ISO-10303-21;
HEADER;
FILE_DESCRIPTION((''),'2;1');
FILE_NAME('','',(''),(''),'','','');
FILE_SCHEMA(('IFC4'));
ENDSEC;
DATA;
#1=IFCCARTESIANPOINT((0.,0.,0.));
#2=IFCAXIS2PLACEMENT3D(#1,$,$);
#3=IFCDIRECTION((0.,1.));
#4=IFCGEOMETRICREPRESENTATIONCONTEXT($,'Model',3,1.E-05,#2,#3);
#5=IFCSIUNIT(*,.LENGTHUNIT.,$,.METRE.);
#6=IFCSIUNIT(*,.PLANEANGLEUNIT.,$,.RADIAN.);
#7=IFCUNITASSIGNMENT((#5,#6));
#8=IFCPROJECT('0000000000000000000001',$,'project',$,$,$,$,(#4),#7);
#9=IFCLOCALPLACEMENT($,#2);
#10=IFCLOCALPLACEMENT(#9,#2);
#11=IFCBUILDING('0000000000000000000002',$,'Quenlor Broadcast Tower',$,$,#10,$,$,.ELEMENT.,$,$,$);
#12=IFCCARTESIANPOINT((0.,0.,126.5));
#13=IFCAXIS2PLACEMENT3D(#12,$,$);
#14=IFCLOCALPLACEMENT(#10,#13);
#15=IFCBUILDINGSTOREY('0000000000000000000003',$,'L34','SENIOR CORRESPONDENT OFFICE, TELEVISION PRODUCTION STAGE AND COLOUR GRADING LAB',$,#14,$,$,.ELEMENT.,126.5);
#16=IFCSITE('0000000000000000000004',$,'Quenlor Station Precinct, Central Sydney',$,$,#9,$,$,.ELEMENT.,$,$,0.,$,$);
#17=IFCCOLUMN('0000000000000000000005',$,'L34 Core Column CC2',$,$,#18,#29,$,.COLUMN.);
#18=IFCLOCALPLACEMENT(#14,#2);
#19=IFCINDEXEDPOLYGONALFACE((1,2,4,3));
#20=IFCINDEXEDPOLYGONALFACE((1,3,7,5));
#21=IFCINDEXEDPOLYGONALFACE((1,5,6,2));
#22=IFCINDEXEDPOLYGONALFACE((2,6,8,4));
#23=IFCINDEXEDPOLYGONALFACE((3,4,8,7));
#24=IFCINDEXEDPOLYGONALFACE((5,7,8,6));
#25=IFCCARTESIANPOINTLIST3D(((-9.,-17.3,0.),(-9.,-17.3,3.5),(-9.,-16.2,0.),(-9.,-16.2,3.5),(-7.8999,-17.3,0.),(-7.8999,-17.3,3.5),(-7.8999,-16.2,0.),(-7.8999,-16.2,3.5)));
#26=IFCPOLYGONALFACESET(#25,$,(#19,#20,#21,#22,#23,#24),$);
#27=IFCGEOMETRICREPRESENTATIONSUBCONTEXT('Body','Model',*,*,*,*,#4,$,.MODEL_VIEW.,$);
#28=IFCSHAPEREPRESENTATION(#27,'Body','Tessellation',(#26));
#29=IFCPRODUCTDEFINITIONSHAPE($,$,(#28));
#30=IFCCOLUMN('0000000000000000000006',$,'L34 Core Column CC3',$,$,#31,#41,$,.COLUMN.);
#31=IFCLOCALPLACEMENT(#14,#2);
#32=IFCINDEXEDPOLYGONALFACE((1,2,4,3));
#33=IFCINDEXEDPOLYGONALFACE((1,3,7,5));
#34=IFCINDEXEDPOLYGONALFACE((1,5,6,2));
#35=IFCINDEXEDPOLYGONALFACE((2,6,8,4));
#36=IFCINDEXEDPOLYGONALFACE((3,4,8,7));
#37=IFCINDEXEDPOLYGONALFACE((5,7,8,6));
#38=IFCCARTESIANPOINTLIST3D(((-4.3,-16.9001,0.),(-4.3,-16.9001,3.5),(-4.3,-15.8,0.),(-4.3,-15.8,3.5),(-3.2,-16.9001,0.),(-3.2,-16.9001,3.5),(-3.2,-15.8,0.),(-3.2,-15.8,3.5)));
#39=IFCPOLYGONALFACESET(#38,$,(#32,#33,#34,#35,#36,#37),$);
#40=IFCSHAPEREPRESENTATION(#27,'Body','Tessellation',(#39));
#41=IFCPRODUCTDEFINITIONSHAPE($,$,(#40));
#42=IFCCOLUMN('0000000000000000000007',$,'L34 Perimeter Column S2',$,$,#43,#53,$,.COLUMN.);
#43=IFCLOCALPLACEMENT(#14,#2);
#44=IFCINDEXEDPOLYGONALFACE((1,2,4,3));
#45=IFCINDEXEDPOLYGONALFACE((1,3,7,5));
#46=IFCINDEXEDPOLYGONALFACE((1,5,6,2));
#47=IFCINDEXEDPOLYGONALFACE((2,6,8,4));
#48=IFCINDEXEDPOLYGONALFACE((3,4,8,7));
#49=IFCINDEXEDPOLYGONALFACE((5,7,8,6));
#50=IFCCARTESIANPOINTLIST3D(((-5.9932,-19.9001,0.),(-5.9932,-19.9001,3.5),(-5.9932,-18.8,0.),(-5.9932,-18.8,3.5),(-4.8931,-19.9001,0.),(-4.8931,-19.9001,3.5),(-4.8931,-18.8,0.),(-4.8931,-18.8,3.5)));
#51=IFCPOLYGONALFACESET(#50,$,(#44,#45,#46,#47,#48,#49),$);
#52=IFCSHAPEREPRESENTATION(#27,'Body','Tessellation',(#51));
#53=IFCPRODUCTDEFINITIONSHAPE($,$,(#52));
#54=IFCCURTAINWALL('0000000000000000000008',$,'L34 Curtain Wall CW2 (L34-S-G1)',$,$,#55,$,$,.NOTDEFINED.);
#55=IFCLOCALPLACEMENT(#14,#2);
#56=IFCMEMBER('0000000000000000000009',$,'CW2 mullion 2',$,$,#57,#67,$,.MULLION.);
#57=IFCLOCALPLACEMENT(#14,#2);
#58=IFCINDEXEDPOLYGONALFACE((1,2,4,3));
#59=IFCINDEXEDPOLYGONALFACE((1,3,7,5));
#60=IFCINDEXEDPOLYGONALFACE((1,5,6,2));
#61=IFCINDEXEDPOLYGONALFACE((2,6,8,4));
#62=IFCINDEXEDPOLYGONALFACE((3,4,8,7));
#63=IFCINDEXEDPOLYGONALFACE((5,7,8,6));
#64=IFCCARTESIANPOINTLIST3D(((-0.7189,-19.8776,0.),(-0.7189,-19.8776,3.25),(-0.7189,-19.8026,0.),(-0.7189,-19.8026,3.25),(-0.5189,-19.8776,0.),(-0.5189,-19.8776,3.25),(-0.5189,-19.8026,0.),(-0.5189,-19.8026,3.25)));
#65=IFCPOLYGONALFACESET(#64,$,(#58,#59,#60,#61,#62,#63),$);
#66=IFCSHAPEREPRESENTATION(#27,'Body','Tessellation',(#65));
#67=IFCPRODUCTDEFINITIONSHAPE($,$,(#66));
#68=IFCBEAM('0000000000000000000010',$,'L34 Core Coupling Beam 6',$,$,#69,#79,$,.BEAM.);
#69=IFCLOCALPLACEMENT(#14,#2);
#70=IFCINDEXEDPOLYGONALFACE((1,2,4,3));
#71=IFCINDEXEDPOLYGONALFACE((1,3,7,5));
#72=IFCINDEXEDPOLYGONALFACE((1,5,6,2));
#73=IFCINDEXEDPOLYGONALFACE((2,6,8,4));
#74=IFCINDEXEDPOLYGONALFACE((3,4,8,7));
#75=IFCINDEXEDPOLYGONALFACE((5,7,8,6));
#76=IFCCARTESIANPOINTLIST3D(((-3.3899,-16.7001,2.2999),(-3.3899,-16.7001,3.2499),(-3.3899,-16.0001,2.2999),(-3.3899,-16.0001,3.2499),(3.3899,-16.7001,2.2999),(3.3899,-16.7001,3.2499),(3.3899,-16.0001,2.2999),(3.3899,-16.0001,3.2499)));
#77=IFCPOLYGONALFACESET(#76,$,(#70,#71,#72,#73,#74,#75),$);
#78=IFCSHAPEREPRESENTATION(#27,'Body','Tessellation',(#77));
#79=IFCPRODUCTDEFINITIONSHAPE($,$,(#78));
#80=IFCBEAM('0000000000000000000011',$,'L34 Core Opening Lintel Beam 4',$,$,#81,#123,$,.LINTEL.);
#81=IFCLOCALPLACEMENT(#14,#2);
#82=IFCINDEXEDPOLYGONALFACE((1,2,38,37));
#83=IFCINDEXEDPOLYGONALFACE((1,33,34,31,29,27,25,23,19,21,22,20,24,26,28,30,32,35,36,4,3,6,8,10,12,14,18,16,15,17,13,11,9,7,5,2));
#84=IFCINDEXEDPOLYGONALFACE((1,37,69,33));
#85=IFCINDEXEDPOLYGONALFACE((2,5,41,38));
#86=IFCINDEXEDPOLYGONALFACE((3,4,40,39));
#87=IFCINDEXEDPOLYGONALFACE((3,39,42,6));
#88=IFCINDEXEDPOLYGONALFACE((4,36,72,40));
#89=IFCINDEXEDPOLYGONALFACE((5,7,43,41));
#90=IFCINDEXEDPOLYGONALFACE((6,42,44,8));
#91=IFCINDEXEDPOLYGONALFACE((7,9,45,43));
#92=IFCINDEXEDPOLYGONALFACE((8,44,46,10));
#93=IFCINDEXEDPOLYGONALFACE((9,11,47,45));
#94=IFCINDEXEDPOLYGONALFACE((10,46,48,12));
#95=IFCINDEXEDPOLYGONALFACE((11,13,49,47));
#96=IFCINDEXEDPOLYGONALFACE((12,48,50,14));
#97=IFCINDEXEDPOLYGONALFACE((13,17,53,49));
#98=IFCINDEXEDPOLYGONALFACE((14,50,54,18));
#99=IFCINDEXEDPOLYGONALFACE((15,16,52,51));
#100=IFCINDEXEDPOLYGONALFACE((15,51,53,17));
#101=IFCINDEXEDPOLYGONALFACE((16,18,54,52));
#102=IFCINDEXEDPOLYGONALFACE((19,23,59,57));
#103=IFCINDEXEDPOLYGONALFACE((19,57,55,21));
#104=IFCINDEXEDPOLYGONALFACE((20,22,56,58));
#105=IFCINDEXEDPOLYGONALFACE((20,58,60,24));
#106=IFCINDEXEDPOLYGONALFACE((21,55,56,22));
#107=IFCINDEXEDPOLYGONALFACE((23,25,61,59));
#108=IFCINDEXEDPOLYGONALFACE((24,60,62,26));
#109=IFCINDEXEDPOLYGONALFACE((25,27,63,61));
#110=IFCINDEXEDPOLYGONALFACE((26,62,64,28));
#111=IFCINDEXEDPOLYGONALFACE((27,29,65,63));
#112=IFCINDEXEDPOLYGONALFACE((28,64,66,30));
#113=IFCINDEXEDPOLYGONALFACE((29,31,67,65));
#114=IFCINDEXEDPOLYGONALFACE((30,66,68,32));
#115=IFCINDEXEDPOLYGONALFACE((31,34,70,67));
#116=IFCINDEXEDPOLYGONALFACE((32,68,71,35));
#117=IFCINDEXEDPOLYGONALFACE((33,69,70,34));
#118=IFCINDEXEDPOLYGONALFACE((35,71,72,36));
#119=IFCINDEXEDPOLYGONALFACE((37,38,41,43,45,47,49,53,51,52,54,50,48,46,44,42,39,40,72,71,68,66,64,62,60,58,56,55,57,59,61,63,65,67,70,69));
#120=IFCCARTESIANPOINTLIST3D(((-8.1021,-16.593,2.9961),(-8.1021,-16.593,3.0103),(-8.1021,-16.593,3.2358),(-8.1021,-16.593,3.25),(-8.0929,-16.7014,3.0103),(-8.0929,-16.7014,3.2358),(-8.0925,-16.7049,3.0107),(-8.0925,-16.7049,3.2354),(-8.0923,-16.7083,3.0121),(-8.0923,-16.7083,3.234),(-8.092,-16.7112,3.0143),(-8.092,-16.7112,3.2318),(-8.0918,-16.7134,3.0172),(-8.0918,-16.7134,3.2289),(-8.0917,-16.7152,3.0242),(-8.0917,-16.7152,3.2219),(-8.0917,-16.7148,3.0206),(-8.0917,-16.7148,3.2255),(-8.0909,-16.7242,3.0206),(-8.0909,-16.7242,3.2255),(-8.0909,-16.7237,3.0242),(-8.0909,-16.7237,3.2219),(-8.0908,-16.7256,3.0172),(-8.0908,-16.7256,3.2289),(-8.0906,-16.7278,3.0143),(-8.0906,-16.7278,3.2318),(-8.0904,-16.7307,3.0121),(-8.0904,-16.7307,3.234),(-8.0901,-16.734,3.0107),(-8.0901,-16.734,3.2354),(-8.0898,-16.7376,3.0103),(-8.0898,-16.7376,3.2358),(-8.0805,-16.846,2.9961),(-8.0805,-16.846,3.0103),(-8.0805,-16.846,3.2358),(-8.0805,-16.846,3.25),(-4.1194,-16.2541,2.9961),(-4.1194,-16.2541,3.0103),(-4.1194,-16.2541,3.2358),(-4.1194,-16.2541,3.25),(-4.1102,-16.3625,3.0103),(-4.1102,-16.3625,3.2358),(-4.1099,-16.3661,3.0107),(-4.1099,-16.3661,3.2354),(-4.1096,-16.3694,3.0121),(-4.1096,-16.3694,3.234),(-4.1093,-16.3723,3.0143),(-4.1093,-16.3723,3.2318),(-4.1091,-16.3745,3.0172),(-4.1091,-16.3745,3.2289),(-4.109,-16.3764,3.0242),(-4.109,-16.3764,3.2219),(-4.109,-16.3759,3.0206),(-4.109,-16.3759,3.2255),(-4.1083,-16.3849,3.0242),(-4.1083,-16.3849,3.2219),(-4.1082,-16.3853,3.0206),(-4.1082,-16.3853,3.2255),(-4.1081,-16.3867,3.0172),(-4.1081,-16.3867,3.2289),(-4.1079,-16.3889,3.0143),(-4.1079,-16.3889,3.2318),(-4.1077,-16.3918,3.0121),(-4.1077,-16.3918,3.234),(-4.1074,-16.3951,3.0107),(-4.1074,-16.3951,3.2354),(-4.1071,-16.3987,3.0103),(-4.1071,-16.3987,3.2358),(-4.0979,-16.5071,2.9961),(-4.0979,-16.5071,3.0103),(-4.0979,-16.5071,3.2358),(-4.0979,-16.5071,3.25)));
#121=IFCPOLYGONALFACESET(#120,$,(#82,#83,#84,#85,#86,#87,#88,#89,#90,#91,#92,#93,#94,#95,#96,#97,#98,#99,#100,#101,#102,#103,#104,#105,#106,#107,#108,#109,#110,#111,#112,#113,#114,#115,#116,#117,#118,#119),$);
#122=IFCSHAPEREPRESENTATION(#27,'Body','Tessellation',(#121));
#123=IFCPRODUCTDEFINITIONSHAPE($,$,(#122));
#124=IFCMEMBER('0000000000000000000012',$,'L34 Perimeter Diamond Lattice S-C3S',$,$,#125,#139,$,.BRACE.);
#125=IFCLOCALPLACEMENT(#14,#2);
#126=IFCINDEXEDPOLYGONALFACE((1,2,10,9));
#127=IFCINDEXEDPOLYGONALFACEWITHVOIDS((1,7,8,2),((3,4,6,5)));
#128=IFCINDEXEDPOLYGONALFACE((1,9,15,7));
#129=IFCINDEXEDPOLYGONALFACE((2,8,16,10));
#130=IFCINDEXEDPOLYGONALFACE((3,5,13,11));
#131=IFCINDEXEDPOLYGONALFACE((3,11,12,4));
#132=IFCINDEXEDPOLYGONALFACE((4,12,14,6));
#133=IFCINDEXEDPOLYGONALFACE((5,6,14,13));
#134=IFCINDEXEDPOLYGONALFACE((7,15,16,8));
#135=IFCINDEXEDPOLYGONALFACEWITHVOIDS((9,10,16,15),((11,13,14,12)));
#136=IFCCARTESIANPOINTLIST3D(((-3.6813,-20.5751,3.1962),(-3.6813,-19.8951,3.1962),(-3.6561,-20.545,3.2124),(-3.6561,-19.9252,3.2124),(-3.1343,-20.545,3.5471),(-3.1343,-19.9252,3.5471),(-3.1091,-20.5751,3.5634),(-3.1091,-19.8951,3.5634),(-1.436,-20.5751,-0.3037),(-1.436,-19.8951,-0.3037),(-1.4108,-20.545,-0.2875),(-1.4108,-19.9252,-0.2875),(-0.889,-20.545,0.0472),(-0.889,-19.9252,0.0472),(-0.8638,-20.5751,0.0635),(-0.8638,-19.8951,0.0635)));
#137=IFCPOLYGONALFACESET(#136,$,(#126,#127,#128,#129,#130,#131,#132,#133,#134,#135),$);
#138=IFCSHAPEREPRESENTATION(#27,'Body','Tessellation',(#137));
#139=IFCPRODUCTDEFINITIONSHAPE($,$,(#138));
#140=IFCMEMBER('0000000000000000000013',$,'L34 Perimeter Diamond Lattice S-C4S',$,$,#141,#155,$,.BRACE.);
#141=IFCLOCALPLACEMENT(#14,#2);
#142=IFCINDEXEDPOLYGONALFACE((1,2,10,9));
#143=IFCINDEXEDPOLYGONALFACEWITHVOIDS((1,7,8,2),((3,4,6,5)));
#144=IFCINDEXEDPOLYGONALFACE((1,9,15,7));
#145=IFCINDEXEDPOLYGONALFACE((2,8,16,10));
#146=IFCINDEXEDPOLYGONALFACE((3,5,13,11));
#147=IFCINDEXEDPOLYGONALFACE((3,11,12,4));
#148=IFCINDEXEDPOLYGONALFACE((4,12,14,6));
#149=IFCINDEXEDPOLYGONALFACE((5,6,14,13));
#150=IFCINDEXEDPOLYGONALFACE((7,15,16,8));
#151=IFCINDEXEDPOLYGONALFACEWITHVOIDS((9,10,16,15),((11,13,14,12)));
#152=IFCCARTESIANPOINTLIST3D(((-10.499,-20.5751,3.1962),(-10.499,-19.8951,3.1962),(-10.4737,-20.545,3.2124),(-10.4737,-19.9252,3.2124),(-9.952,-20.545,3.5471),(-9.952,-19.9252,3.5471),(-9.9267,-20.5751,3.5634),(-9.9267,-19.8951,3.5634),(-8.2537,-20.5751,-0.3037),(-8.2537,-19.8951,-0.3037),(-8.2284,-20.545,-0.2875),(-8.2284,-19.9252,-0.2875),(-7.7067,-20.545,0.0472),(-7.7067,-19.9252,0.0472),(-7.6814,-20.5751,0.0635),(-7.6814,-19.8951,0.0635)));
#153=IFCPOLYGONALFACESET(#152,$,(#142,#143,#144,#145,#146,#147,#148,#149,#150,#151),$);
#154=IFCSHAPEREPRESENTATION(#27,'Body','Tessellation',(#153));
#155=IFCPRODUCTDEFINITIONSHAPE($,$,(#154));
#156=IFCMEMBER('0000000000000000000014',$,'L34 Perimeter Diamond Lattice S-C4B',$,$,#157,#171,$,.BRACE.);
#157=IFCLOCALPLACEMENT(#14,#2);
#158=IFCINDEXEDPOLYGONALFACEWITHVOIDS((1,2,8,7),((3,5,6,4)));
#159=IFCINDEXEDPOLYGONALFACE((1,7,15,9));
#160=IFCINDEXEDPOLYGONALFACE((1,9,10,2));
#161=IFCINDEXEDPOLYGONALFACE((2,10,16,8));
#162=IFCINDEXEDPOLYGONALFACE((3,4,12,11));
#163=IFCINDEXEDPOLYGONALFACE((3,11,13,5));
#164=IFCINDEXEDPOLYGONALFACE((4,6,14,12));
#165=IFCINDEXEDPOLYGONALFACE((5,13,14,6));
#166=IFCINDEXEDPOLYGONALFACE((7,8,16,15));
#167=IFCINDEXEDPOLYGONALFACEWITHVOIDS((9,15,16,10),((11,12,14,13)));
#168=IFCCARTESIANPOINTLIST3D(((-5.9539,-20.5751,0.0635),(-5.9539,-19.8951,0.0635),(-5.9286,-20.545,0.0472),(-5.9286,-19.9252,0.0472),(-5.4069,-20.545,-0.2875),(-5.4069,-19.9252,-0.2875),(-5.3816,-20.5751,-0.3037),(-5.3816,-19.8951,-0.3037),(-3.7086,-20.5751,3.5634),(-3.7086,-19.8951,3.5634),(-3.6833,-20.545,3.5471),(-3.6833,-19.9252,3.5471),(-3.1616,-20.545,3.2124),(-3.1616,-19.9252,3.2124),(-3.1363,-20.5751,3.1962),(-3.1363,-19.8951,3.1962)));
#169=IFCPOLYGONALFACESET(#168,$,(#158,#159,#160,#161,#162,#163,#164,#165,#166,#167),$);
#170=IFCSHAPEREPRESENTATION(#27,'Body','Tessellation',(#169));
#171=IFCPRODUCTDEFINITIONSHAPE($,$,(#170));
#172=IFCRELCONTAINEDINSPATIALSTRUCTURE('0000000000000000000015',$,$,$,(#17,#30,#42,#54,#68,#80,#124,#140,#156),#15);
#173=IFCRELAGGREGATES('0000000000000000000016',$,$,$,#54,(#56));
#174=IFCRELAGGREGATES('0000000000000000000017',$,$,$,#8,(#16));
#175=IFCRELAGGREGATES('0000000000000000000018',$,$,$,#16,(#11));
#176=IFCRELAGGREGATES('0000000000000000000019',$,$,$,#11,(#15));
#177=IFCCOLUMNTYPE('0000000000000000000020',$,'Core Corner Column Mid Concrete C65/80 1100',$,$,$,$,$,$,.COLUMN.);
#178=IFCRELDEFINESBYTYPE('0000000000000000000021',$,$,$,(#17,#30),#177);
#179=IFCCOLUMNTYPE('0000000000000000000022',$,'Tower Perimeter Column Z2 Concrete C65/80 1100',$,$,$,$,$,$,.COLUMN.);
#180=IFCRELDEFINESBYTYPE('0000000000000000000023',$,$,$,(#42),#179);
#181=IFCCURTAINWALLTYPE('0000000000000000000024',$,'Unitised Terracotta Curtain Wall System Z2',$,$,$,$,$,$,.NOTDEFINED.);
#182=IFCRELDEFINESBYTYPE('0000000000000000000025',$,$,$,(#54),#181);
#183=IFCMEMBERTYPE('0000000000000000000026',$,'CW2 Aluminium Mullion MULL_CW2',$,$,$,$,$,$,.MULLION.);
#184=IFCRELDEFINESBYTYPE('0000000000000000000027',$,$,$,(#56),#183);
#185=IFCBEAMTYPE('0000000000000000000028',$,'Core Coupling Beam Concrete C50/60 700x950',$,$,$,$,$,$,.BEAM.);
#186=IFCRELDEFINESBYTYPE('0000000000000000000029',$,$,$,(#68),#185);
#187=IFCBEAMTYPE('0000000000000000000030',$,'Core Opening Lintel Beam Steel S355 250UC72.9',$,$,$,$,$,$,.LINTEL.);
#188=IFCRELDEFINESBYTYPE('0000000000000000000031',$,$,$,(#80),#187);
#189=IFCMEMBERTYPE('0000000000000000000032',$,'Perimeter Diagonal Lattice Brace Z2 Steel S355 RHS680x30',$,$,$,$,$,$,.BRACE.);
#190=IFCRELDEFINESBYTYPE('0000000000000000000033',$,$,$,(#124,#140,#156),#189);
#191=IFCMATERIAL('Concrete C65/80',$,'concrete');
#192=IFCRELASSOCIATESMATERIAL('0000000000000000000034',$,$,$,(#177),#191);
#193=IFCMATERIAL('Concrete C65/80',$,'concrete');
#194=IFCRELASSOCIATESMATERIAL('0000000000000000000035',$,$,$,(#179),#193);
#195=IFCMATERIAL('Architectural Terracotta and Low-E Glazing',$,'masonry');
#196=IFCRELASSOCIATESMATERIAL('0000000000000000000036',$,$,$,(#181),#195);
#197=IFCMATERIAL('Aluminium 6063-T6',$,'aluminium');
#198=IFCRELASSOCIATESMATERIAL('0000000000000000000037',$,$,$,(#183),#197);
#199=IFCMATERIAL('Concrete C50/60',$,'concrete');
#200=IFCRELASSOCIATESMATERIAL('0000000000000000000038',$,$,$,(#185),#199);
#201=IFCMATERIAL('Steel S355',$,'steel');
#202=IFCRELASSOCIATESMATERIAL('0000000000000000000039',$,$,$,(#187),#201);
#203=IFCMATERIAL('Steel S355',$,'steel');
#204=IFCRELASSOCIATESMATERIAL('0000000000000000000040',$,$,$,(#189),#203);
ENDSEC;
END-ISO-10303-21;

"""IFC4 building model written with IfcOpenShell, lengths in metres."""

from ifc_helpers import new_model, si_unit, direction, frame, origin, origin_2d, place, context, subcontext, project, spatial, rectangle, hollow_rectangle, i_section, extrude, material, material_profile, profile_set, type_object, element, aggregate, save


model = new_model("IFC4")

# Units and contexts
model_context = context("Model", 3, precision=1e-05, world=origin(), true_north=direction((0.0, 1.0)))
body_context = subcontext(model_context, "Body", "Model", "MODEL_VIEW")
ifc_project = project(units=[si_unit("LENGTHUNIT", "METRE"), si_unit("PLANEANGLEUNIT", "RADIAN")], contexts=[model_context])

# Site, building, storey
site_placement = place(None, origin())
site = spatial("IfcSite", under=ifc_project, at=site_placement, Name="Quenlor Station Precinct, Central Sydney", CompositionType="ELEMENT", RefElevation=0.0)
building_placement = place(site_placement, origin())
building = spatial("IfcBuilding", under=site, at=building_placement, Name="Quenlor Broadcast Tower", CompositionType="ELEMENT")
storey_placement = place(building_placement, frame((0.0, 0.0, 126.5)))
storey = spatial("IfcBuildingStorey", under=building, at=storey_placement, Name="L34", Description="SENIOR CORRESPONDENT OFFICE, TELEVISION PRODUCTION STAGE AND COLOUR GRADING LAB", CompositionType="ELEMENT", Elevation=126.5)

# Columns
ifc_material_1 = material(Name="Concrete C65/80", Category="concrete")
ifc_material_profile_1 = material_profile(ifc_material_1, rectangle(XDim=1.1001, YDim=1.1001, at=origin_2d()))
ifc_profile_set_1 = profile_set([ifc_material_profile_1], Name="Concrete C65/80 RC1100x1100")
column_type_1 = type_object("IfcColumnType", Name="Core Corner Column Mid Concrete C65/80 1100", PredefinedType="COLUMN", material=ifc_profile_set_1)
for number, where, z_axis, x_axis, name in (
    (1, (-8.45, -16.75, 0.0), (0.0, 0.0, 1.0), (1.0, 0.0, 0.0), "L34 Core Column CC2"),
    (2, (-3.75, -16.3501, 0.0), (0.0, 0.0, 1.0), (1.0, 0.0, 0.0), "L34 Core Column CC3"),
):
    element("IfcColumn", number, at=place(storey_placement, frame(where, z_axis=z_axis, x_axis=x_axis)), inside=storey, type_object=column_type_1, Name=name, PredefinedType="COLUMN", context=body_context, shape_type="SweptSolid", body=[
        extrude(rectangle(XDim=1.1001, YDim=1.1001, at=origin_2d()), origin(), (0.0, 0.0, 1.0), 3.5),
    ])
ifc_material_2 = material(Name="Concrete C65/80", Category="concrete")
ifc_material_profile_2 = material_profile(ifc_material_2, rectangle(XDim=1.1001, YDim=1.1001, at=origin_2d()))
ifc_profile_set_2 = profile_set([ifc_material_profile_2], Name="Concrete C65/80 RC1100x1100")
column_type_2 = type_object("IfcColumnType", Name="Tower Perimeter Column Z2 Concrete C65/80 1100", PredefinedType="COLUMN", material=ifc_profile_set_2)
column_placement = place(storey_placement, frame((-5.4431, -19.3501, 0.0), z_axis=(0.0, 0.0, 1.0), x_axis=(0.0, 1.0, 0.0)))
element("IfcColumn", 3, at=column_placement, inside=storey, type_object=column_type_2, Name="L34 Perimeter Column S2", PredefinedType="COLUMN", context=body_context, shape_type="SweptSolid", body=[
    extrude(rectangle(XDim=1.1001, YDim=1.1001, at=origin_2d()), origin(), (0.0, 0.0, 1.0), 3.5),
])

# Curtain wall, member
ifc_material_3 = material(Name="Architectural Terracotta and Low-E Glazing", Category="masonry")
curtain_wall_type = type_object("IfcCurtainWallType", Name="Unitised Terracotta Curtain Wall System Z2", PredefinedType="NOTDEFINED", material=ifc_material_3)
curtain_wall_placement = place(storey_placement, origin())
curtain_wall = element("IfcCurtainWall", 4, at=curtain_wall_placement, inside=storey, type_object=curtain_wall_type, Name="L34 Curtain Wall CW2 (L34-S-G1)", PredefinedType="NOTDEFINED")
ifc_material_4 = material(Name="Aluminium 6063-T6", Category="aluminium")
ifc_material_profile_3 = material_profile(ifc_material_4, rectangle(XDim=0.075, YDim=0.2, at=origin_2d()))
ifc_profile_set_3 = profile_set([ifc_material_profile_3], Name="Aluminium 6063-T6 MULL75x200")
member_type_1 = type_object("IfcMemberType", Name="CW2 Aluminium Mullion MULL_CW2", PredefinedType="MULLION", material=ifc_profile_set_3)
member_placement = place(storey_placement, frame((-0.6189, -19.8401, 0.0), z_axis=(0.0, 0.0, 1.0), x_axis=(0.0, -1.0, 0.0)))
member = element("IfcMember", 5, at=member_placement, type_object=member_type_1, Name="CW2 mullion 2", PredefinedType="MULLION", context=body_context, shape_type="SweptSolid", body=[
    extrude(rectangle(XDim=0.075, YDim=0.2, at=origin_2d()), origin(), (0.0, 0.0, 1.0), 3.25),
])

# Beams
ifc_material_5 = material(Name="Concrete C50/60", Category="concrete")
ifc_material_profile_4 = material_profile(ifc_material_5, rectangle(XDim=0.7, YDim=0.95, at=origin_2d()))
ifc_profile_set_4 = profile_set([ifc_material_profile_4], Name="Concrete C50/60 RCB700x950")
beam_type_1 = type_object("IfcBeamType", Name="Core Coupling Beam Concrete C50/60 700x950", PredefinedType="BEAM", material=ifc_profile_set_4)
beam_1_placement = place(storey_placement, frame((-3.3899, -16.3501, 2.7749), z_axis=(1.0, 0.0, 0.0), x_axis=(0.0, 1.0, 0.0)))
element("IfcBeam", 6, at=beam_1_placement, inside=storey, type_object=beam_type_1, Name="L34 Core Coupling Beam 6", PredefinedType="BEAM", context=body_context, shape_type="SweptSolid", body=[
    extrude(rectangle(XDim=0.7, YDim=0.95, at=origin_2d()), origin(), (0.0, 0.0, 1.0), 6.7798),
])
ifc_material_6 = material(Name="Steel S355", Category="steel")
ifc_material_profile_5 = material_profile(ifc_material_6, i_section(OverallWidth=0.2539, OverallDepth=0.2539, WebThickness=0.0085, FlangeThickness=0.0142, FilletRadius=0.0139, at=origin_2d()))
ifc_profile_set_5 = profile_set([ifc_material_profile_5], Name="Steel S355 250UC72.9")
beam_type_2 = type_object("IfcBeamType", Name="Core Opening Lintel Beam Steel S355 250UC72.9", PredefinedType="LINTEL", material=ifc_profile_set_5)
beam_2_placement = place(storey_placement, frame((-8.0913, -16.7195, 3.123), z_axis=(0.9964, 0.084779, 0.0), x_axis=(-0.084779, 0.9964, 0.0)))
element("IfcBeam", 7, at=beam_2_placement, inside=storey, type_object=beam_type_2, Name="L34 Core Opening Lintel Beam 4", PredefinedType="LINTEL", context=body_context, shape_type="SweptSolid", body=[
    extrude(i_section(OverallWidth=0.2539, OverallDepth=0.2539, WebThickness=0.0085, FlangeThickness=0.0142, FilletRadius=0.0139, at=origin_2d()), origin(), (0.0, 0.0, 1.0), 3.9971),
])

# Members
ifc_material_7 = material(Name="Steel S355", Category="steel")
ifc_material_profile_6 = material_profile(ifc_material_7, hollow_rectangle(XDim=0.6799, YDim=0.6799, WallThickness=0.03, at=origin_2d()))
ifc_profile_set_6 = profile_set([ifc_material_profile_6], Name="Steel S355 RHS680x680x30")
member_type_2 = type_object("IfcMemberType", Name="Perimeter Diagonal Lattice Brace Z2 Steel S355 RHS680x30", PredefinedType="BRACE", material=ifc_profile_set_6)
for number, where, z_axis, x_axis, name in (
    (8, (-1.1499, -20.2351, -0.1201), (-0.539968, 0.0, 0.841686), (0.0, -1.0, 0.0), "L34 Perimeter Diamond Lattice S-C3S"),
    (9, (-7.9675, -20.2351, -0.1201), (-0.539968, 0.0, 0.841686), (0.0, -1.0, 0.0), "L34 Perimeter Diamond Lattice S-C4S"),
    (10, (-5.6677, -20.2351, -0.1201), (0.539968, 0.0, 0.841686), (0.0, 1.0, 0.0), "L34 Perimeter Diamond Lattice S-C4B"),
):
    element("IfcMember", number, at=place(storey_placement, frame(where, z_axis=z_axis, x_axis=x_axis)), inside=storey, type_object=member_type_2, Name=name, PredefinedType="BRACE", context=body_context, shape_type="SweptSolid", body=[
        extrude(hollow_rectangle(XDim=0.6799, YDim=0.6799, WallThickness=0.03, at=origin_2d()), origin(), (0.0, 0.0, 1.0), 4.1582),
    ])

aggregate(curtain_wall, [member])

save(model, "model.ifc")
